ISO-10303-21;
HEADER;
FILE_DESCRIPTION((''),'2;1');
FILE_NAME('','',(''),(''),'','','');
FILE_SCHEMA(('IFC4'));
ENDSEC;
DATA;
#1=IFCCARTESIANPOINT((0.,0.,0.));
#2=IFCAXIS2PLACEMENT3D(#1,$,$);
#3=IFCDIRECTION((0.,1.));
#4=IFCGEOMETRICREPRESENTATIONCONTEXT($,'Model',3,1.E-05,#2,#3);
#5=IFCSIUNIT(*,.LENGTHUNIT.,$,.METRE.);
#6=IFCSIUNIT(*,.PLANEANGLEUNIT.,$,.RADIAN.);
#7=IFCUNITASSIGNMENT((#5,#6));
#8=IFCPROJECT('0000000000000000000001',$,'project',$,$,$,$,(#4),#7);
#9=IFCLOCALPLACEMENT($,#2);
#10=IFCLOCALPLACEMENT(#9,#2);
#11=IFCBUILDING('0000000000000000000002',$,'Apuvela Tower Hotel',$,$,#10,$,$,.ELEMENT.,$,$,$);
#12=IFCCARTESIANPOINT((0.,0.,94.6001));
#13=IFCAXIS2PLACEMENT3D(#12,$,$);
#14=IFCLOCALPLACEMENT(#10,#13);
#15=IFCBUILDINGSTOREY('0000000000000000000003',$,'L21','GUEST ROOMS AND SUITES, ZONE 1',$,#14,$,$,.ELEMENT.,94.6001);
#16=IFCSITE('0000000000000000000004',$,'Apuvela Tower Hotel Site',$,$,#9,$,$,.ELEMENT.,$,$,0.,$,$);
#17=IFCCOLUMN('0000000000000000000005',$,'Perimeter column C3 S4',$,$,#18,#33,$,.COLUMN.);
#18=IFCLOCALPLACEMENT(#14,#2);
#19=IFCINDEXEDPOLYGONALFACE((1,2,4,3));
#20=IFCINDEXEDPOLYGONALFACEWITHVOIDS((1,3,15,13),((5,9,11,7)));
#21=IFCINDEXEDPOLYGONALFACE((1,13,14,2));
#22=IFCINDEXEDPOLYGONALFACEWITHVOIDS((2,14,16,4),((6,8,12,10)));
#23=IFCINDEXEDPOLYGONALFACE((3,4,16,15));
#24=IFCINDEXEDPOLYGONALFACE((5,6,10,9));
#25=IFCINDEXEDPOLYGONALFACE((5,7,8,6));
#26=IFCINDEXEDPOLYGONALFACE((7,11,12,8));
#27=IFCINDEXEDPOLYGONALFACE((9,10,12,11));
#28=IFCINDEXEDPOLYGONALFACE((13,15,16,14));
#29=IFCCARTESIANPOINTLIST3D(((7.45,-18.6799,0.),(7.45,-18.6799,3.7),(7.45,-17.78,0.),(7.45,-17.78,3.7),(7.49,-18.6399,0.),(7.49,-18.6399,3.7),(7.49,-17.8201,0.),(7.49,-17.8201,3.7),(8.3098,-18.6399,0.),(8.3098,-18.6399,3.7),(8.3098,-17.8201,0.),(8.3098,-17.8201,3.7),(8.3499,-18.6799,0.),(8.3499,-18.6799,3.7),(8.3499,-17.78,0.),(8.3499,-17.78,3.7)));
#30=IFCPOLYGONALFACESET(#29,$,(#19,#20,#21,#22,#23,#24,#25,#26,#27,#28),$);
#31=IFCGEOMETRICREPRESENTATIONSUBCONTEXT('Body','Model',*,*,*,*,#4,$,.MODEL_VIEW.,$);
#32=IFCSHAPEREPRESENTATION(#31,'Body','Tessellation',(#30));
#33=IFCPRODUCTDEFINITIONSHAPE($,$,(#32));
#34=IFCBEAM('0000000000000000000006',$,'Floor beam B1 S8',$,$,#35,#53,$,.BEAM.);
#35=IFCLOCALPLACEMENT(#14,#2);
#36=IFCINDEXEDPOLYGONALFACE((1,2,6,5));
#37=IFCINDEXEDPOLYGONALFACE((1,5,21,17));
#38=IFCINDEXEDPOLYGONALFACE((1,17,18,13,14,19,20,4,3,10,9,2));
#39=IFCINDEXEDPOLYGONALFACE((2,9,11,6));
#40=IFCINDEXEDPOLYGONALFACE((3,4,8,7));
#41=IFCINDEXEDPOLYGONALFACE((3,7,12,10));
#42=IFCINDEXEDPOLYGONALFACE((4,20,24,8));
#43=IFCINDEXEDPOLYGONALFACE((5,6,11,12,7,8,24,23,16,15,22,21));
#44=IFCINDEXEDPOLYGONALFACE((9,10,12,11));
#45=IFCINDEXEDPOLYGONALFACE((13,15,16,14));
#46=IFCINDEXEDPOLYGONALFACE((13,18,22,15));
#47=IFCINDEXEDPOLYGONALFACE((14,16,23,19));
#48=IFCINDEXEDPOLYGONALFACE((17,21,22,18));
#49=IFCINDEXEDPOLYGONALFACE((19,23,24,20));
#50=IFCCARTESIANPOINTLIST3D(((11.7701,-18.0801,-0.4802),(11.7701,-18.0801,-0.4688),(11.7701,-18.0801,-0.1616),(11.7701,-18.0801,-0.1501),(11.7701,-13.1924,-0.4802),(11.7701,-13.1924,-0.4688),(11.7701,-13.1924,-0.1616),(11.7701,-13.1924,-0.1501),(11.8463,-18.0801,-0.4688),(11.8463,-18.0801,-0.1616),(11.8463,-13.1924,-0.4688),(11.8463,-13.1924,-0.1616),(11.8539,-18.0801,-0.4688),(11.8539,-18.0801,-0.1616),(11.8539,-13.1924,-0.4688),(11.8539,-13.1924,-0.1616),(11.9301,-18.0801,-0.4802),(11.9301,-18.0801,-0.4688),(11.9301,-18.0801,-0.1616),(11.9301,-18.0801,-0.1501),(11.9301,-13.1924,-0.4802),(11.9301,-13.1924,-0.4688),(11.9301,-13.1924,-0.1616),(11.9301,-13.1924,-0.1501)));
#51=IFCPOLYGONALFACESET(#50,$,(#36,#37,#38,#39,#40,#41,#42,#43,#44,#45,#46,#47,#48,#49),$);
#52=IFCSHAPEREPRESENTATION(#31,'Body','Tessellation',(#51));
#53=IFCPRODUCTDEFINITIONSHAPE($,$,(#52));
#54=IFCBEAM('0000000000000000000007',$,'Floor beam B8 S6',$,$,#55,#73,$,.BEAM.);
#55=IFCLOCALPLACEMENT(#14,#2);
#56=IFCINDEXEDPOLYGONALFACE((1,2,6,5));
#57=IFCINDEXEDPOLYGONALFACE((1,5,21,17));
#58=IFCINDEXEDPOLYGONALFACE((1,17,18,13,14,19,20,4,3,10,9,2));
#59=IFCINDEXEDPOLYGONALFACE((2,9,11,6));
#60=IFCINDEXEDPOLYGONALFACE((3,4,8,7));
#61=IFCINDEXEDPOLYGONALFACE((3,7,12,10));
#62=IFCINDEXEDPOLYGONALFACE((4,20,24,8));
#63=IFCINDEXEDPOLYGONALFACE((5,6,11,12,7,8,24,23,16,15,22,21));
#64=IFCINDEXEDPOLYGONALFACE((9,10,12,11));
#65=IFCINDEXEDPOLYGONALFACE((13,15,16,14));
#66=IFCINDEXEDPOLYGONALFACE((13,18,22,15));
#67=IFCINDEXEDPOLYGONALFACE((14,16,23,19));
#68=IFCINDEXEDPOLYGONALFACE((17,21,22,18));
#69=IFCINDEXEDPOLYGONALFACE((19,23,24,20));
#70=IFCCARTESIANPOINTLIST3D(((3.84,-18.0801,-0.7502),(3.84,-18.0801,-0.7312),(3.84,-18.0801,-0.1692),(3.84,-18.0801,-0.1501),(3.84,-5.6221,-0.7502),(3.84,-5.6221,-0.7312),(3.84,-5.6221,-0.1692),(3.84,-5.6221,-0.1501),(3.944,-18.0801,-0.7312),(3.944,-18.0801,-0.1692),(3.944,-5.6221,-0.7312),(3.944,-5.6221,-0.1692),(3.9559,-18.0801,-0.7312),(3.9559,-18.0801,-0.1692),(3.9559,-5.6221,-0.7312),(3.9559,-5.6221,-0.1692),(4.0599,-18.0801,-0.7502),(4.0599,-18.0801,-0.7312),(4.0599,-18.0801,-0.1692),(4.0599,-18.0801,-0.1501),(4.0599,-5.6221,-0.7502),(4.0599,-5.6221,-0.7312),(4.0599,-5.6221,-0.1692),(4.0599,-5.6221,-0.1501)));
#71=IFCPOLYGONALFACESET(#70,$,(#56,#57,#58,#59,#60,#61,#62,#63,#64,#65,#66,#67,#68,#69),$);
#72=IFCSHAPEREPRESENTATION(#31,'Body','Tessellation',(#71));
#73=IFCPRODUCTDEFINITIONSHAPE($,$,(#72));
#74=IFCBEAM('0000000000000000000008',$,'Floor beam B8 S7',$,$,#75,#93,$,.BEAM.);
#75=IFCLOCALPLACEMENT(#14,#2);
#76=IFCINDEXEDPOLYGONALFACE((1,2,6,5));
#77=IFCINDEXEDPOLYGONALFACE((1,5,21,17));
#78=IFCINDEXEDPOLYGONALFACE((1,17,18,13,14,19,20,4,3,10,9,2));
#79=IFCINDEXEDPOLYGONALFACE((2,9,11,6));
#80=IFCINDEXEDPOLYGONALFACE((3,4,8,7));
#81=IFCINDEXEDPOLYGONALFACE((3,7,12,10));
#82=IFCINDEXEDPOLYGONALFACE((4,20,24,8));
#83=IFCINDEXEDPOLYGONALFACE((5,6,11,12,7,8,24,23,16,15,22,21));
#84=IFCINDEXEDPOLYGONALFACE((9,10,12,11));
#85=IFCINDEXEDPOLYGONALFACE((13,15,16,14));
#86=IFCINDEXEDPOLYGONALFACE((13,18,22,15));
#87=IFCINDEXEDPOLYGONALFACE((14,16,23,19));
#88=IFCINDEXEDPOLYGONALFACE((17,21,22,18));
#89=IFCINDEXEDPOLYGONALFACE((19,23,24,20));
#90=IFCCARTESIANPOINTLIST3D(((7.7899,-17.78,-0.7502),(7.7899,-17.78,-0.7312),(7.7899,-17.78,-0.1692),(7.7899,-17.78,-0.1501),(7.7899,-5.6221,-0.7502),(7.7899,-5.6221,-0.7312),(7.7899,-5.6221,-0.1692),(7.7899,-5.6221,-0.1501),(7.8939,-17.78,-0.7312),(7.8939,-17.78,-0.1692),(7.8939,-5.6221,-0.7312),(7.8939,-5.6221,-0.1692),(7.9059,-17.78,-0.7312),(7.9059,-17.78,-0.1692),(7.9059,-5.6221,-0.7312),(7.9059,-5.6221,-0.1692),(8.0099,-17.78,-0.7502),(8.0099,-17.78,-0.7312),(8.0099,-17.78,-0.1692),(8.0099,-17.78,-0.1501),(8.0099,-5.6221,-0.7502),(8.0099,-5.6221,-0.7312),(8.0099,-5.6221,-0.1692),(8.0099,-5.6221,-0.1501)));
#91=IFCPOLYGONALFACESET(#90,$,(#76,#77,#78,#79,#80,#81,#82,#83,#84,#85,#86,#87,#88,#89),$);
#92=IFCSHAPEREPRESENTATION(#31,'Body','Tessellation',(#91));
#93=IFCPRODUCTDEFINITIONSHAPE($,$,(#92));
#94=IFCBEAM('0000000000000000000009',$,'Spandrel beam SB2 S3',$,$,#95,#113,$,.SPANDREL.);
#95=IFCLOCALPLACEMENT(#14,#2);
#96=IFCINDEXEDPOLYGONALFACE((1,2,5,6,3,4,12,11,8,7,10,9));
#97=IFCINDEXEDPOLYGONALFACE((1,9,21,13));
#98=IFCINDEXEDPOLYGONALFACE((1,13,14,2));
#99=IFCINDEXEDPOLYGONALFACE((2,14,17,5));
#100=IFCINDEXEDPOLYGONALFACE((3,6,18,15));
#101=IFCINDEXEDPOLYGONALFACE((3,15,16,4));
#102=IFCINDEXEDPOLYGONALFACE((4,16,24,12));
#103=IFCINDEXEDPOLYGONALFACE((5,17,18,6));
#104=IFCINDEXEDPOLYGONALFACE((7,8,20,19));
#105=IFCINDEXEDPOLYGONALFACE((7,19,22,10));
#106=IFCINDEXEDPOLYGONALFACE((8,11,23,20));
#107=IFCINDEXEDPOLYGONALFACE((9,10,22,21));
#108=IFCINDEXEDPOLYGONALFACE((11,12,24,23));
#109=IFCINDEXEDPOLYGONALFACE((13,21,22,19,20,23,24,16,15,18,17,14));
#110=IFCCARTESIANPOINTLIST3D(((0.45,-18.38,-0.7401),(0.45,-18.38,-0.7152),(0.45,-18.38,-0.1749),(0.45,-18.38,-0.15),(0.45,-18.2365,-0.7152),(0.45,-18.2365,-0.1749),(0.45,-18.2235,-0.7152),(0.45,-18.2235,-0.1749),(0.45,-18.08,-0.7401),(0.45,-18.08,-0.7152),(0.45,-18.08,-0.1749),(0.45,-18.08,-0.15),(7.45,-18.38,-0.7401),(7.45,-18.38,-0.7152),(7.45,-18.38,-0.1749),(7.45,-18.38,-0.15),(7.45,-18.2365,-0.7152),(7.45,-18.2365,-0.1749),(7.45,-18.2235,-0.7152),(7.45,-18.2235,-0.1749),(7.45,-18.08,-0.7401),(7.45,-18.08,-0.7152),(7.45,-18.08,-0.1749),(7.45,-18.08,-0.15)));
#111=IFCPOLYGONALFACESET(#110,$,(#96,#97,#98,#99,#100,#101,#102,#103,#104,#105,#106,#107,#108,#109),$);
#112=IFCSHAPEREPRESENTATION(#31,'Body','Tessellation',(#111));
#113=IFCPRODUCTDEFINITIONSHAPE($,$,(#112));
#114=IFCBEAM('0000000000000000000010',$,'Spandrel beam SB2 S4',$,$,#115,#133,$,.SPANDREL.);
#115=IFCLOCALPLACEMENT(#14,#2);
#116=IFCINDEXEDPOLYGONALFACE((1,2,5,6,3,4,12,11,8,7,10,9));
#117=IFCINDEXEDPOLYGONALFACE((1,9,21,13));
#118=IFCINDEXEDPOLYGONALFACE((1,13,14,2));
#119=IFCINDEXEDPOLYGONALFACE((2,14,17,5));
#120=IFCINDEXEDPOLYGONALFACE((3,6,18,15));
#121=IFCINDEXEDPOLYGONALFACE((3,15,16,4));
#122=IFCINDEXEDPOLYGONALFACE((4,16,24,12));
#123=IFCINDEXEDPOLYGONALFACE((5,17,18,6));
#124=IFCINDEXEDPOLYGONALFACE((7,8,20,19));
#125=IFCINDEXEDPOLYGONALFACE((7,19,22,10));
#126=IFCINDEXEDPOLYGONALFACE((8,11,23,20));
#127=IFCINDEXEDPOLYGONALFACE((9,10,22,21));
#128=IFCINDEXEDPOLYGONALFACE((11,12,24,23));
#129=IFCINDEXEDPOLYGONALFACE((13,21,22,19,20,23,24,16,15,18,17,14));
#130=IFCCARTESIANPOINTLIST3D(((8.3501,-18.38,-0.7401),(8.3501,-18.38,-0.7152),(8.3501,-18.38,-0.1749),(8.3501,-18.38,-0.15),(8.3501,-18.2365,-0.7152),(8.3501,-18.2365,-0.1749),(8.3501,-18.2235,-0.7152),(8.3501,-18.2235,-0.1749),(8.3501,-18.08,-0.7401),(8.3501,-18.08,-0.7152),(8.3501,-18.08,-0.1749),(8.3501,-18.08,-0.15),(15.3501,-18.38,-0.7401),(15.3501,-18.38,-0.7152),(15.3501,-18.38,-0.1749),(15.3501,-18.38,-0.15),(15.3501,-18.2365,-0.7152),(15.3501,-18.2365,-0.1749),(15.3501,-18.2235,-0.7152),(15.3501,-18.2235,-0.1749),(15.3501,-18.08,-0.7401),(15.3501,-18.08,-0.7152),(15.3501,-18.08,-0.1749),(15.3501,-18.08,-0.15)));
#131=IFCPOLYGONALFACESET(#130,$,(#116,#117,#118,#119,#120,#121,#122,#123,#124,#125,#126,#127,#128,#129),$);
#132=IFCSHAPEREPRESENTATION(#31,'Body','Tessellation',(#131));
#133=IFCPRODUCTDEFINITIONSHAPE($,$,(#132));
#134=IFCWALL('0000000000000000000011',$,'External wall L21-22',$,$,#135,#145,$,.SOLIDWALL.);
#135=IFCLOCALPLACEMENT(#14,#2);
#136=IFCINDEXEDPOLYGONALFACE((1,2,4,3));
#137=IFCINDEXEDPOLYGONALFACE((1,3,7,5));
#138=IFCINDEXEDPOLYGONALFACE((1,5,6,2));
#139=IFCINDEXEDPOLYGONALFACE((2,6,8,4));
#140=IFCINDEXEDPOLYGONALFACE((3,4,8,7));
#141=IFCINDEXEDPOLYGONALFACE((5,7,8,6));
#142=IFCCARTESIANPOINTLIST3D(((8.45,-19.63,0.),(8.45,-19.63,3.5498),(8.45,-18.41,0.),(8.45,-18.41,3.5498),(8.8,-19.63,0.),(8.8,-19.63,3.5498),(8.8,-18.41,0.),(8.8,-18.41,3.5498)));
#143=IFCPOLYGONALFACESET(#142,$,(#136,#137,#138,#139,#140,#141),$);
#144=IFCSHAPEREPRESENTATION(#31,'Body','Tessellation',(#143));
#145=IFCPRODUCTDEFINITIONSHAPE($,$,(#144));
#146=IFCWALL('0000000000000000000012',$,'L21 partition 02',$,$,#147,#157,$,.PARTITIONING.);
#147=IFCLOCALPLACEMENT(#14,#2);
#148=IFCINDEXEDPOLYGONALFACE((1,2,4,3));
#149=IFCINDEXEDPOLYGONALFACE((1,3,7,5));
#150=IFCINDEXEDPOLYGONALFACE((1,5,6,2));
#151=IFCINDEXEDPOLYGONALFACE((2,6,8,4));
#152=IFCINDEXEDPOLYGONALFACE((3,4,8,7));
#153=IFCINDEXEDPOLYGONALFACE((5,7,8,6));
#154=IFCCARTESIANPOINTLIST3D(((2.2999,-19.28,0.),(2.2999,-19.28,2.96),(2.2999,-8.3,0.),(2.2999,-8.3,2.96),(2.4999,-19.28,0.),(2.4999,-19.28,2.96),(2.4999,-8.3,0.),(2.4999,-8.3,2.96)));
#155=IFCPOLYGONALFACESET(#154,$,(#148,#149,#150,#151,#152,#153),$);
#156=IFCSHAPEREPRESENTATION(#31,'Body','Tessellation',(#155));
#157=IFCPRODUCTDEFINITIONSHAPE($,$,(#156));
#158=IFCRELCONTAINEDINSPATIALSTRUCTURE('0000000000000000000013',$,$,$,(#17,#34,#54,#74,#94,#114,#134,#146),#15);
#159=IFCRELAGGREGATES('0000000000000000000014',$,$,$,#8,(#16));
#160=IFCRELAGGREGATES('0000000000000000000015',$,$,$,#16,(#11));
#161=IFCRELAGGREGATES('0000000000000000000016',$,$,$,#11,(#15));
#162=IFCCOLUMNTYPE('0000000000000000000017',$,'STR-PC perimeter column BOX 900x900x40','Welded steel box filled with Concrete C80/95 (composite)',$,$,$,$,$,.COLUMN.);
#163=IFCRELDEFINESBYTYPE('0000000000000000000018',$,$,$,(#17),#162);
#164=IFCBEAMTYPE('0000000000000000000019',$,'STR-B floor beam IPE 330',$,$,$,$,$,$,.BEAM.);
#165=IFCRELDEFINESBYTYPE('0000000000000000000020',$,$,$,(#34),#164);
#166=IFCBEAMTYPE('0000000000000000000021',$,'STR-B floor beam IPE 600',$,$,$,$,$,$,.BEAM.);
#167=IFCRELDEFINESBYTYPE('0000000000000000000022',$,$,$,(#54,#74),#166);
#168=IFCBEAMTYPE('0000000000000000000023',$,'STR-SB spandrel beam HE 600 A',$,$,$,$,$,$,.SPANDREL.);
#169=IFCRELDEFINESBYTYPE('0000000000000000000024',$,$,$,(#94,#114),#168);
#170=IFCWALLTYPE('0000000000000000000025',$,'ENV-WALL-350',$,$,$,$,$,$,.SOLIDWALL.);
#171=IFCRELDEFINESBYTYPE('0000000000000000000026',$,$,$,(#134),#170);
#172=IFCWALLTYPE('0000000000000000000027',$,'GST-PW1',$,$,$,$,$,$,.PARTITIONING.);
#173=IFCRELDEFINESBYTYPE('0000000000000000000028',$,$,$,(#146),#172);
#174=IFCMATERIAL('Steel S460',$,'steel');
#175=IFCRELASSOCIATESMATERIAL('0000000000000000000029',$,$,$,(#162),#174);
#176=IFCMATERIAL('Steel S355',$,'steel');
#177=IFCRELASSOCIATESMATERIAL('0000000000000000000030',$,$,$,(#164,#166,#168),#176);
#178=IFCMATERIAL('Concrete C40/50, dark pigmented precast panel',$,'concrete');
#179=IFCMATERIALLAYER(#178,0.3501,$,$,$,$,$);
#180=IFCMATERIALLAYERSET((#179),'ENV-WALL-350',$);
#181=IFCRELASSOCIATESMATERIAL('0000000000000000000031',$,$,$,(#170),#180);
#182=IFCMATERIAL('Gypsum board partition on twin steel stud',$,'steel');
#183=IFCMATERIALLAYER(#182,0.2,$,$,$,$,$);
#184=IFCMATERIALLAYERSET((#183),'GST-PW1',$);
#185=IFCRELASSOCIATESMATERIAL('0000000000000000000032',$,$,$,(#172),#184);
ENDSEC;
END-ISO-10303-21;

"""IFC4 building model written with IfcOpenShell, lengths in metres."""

from ifc_helpers import new_model, si_unit, direction, frame, frame_2d, origin, origin_2d, place, context, subcontext, project, spatial, rectangle, hollow_rectangle, i_section, extrude, material, layer, layer_set, material_profile, profile_set, type_object, element, save


model = new_model("IFC4")

# Units and contexts
model_context = context("Model", 3, precision=1e-05, world=origin(), true_north=direction((0.0, 1.0)))
body_context = subcontext(model_context, "Body", "Model", "MODEL_VIEW")
ifc_project = project(units=[si_unit("LENGTHUNIT", "METRE"), si_unit("PLANEANGLEUNIT", "RADIAN")], contexts=[model_context])

# Site, building, storey
site_placement = place(None, origin())
site = spatial("IfcSite", under=ifc_project, at=site_placement, Name="Apuvela Tower Hotel Site", CompositionType="ELEMENT", RefElevation=0.0)
building_placement = place(site_placement, origin())
building = spatial("IfcBuilding", under=site, at=building_placement, Name="Apuvela Tower Hotel", CompositionType="ELEMENT")
storey_placement = place(building_placement, frame((0.0, 0.0, 94.6001)))
storey = spatial("IfcBuildingStorey", under=building, at=storey_placement, Name="L21", Description="GUEST ROOMS AND SUITES, ZONE 1", CompositionType="ELEMENT", Elevation=94.6001)

# Column
ifc_material_1 = material(Name="Steel S460", Category="steel")
ifc_material_profile_1 = material_profile(ifc_material_1, hollow_rectangle(XDim=0.8999, YDim=0.8999, WallThickness=0.04, at=origin_2d()), Name="BOX 900x900x40")
ifc_material_2 = material(Name="Concrete C80/95", Category="concrete")
ifc_material_profile_2 = material_profile(ifc_material_2, rectangle(XDim=0.8201, YDim=0.8201, at=origin_2d()), Name="Concrete C80/95 infill")
ifc_profile_set_1 = profile_set([ifc_material_profile_1, ifc_material_profile_2], Name="Steel S460")
column_type = type_object("IfcColumnType", Name="STR-PC perimeter column BOX 900x900x40", Description="Welded steel box filled with Concrete C80/95 (composite)", PredefinedType="COLUMN", material=ifc_profile_set_1)
column_placement = place(storey_placement, frame((7.8999, -18.23, 0.0), z_axis=(0.0, 0.0, 1.0), x_axis=(-1.0, 0.0, 0.0)))
element("IfcColumn", 1, at=column_placement, inside=storey, type_object=column_type, Name="Perimeter column C3 S4", PredefinedType="COLUMN", context=body_context, shape_type="SweptSolid", body=[
    extrude(hollow_rectangle(XDim=0.8999, YDim=0.8999, WallThickness=0.04, at=origin_2d()), origin(), (0.0, 0.0, 1.0), 3.7),
])

# Beams
ifc_material_3 = material(Name="Steel S355", Category="steel")
ifc_material_profile_3 = material_profile(ifc_material_3, i_section(OverallWidth=0.1599, OverallDepth=0.3301, WebThickness=0.0076, FlangeThickness=0.0115, at=origin_2d()), Name="IPE 330")
ifc_profile_set_2 = profile_set([ifc_material_profile_3], Name="Steel S355")
beam_type_1 = type_object("IfcBeamType", Name="STR-B floor beam IPE 330", PredefinedType="BEAM", material=ifc_profile_set_2)
beam_1_placement = place(storey_placement, frame((11.8501, -18.0801, -0.3152), z_axis=(0.0, 1.0, 0.0), x_axis=(-1.0, 0.0, 0.0)))
element("IfcBeam", 2, at=beam_1_placement, inside=storey, type_object=beam_type_1, Name="Floor beam B1 S8", PredefinedType="BEAM", context=body_context, shape_type="SweptSolid", body=[
    extrude(i_section(OverallWidth=0.1599, OverallDepth=0.3301, WebThickness=0.0076, FlangeThickness=0.0115, at=origin_2d()), origin(), (0.0, 0.0, 1.0), 4.8877),
])
ifc_material_profile_4 = material_profile(ifc_material_3, i_section(OverallWidth=0.22, OverallDepth=0.6001, WebThickness=0.012, FlangeThickness=0.019, at=origin_2d()), Name="IPE 600")
ifc_profile_set_3 = profile_set([ifc_material_profile_4], Name="Steel S355")
beam_type_2 = type_object("IfcBeamType", Name="STR-B floor beam IPE 600", PredefinedType="BEAM", material=ifc_profile_set_3)
beam_2_placement = place(storey_placement, frame((3.95, -18.0801, -0.4502), z_axis=(0.0, 1.0, 0.0), x_axis=(-1.0, 0.0, 0.0)))
element("IfcBeam", 3, at=beam_2_placement, inside=storey, type_object=beam_type_2, Name="Floor beam B8 S6", PredefinedType="BEAM", context=body_context, shape_type="SweptSolid", body=[
    extrude(i_section(OverallWidth=0.22, OverallDepth=0.6001, WebThickness=0.012, FlangeThickness=0.019, at=origin_2d()), origin(), (0.0, 0.0, 1.0), 12.458),
])
beam_3_placement = place(storey_placement, frame((7.8999, -17.78, -0.4502), z_axis=(0.0, 1.0, 0.0), x_axis=(-1.0, 0.0, 0.0)))
element("IfcBeam", 4, at=beam_3_placement, inside=storey, type_object=beam_type_2, Name="Floor beam B8 S7", PredefinedType="BEAM", context=body_context, shape_type="SweptSolid", body=[
    extrude(i_section(OverallWidth=0.22, OverallDepth=0.6001, WebThickness=0.012, FlangeThickness=0.019, at=origin_2d()), origin(), (0.0, 0.0, 1.0), 12.158),
])
ifc_material_profile_5 = material_profile(ifc_material_3, i_section(OverallWidth=0.3, OverallDepth=0.5901, WebThickness=0.0129, FlangeThickness=0.0249, at=origin_2d()), Name="HE 600 A")
ifc_profile_set_4 = profile_set([ifc_material_profile_5], Name="Steel S355")
beam_type_3 = type_object("IfcBeamType", Name="STR-SB spandrel beam HE 600 A", PredefinedType="SPANDREL", material=ifc_profile_set_4)
for number, where, z_axis, x_axis, name in (
    (5, (0.45, -18.23, -0.4451), (1.0, 0.0, 0.0), (0.0, 1.0, 0.0), "Spandrel beam SB2 S3"),
    (6, (8.3501, -18.23, -0.4451), (1.0, 0.0, 0.0), (0.0, 1.0, 0.0), "Spandrel beam SB2 S4"),
):
    element("IfcBeam", number, at=place(storey_placement, frame(where, z_axis=z_axis, x_axis=x_axis)), inside=storey, type_object=beam_type_3, Name=name, PredefinedType="SPANDREL", context=body_context, shape_type="SweptSolid", body=[
        extrude(i_section(OverallWidth=0.3, OverallDepth=0.5901, WebThickness=0.0129, FlangeThickness=0.0249, at=origin_2d()), origin(), (0.0, 0.0, 1.0), 7.0),
    ])

# Wall
ifc_material_4 = material(Name="Concrete C40/50, dark pigmented precast panel", Category="concrete")
ifc_layer_1 = layer(ifc_material_4, 0.3501)
ifc_layer_set_1 = layer_set([ifc_layer_1], Name="ENV-WALL-350")
wall_type_1 = type_object("IfcWallType", Name="ENV-WALL-350", PredefinedType="SOLIDWALL", material=ifc_layer_set_1)
wall_1_placement = place(storey_placement, frame((8.625, -19.6299, 0.0), z_axis=(0.0, 0.0, 1.0), x_axis=(0.0, 1.0, 0.0)))
element("IfcWall", 7, at=wall_1_placement, inside=storey, type_object=wall_type_1, Name="External wall L21-22", PredefinedType="SOLIDWALL", context=body_context, shape_type="SweptSolid", body=[
    extrude(rectangle(XDim=1.22, YDim=0.3501, at=frame_2d((0.6099, 0.0))), origin(), (0.0, 0.0, 1.0), 3.5498),
])

# Wall
ifc_material_5 = material(Name="Gypsum board partition on twin steel stud", Category="steel")
ifc_layer_2 = layer(ifc_material_5, 0.2)
ifc_layer_set_2 = layer_set([ifc_layer_2], Name="GST-PW1")
wall_type_2 = type_object("IfcWallType", Name="GST-PW1", PredefinedType="PARTITIONING", material=ifc_layer_set_2)
wall_2_placement = place(storey_placement, frame((2.3999, -19.28, 0.0), z_axis=(0.0, 0.0, 1.0), x_axis=(0.0, 1.0, 0.0)))
element("IfcWall", 8, at=wall_2_placement, inside=storey, type_object=wall_type_2, Name="L21 partition 02", PredefinedType="PARTITIONING", context=body_context, shape_type="SweptSolid", body=[
    extrude(rectangle(XDim=10.98, YDim=0.2, at=frame_2d((5.49, 0.0))), origin(), (0.0, 0.0, 1.0), 2.96),
])

save(model, "model.ifc")
